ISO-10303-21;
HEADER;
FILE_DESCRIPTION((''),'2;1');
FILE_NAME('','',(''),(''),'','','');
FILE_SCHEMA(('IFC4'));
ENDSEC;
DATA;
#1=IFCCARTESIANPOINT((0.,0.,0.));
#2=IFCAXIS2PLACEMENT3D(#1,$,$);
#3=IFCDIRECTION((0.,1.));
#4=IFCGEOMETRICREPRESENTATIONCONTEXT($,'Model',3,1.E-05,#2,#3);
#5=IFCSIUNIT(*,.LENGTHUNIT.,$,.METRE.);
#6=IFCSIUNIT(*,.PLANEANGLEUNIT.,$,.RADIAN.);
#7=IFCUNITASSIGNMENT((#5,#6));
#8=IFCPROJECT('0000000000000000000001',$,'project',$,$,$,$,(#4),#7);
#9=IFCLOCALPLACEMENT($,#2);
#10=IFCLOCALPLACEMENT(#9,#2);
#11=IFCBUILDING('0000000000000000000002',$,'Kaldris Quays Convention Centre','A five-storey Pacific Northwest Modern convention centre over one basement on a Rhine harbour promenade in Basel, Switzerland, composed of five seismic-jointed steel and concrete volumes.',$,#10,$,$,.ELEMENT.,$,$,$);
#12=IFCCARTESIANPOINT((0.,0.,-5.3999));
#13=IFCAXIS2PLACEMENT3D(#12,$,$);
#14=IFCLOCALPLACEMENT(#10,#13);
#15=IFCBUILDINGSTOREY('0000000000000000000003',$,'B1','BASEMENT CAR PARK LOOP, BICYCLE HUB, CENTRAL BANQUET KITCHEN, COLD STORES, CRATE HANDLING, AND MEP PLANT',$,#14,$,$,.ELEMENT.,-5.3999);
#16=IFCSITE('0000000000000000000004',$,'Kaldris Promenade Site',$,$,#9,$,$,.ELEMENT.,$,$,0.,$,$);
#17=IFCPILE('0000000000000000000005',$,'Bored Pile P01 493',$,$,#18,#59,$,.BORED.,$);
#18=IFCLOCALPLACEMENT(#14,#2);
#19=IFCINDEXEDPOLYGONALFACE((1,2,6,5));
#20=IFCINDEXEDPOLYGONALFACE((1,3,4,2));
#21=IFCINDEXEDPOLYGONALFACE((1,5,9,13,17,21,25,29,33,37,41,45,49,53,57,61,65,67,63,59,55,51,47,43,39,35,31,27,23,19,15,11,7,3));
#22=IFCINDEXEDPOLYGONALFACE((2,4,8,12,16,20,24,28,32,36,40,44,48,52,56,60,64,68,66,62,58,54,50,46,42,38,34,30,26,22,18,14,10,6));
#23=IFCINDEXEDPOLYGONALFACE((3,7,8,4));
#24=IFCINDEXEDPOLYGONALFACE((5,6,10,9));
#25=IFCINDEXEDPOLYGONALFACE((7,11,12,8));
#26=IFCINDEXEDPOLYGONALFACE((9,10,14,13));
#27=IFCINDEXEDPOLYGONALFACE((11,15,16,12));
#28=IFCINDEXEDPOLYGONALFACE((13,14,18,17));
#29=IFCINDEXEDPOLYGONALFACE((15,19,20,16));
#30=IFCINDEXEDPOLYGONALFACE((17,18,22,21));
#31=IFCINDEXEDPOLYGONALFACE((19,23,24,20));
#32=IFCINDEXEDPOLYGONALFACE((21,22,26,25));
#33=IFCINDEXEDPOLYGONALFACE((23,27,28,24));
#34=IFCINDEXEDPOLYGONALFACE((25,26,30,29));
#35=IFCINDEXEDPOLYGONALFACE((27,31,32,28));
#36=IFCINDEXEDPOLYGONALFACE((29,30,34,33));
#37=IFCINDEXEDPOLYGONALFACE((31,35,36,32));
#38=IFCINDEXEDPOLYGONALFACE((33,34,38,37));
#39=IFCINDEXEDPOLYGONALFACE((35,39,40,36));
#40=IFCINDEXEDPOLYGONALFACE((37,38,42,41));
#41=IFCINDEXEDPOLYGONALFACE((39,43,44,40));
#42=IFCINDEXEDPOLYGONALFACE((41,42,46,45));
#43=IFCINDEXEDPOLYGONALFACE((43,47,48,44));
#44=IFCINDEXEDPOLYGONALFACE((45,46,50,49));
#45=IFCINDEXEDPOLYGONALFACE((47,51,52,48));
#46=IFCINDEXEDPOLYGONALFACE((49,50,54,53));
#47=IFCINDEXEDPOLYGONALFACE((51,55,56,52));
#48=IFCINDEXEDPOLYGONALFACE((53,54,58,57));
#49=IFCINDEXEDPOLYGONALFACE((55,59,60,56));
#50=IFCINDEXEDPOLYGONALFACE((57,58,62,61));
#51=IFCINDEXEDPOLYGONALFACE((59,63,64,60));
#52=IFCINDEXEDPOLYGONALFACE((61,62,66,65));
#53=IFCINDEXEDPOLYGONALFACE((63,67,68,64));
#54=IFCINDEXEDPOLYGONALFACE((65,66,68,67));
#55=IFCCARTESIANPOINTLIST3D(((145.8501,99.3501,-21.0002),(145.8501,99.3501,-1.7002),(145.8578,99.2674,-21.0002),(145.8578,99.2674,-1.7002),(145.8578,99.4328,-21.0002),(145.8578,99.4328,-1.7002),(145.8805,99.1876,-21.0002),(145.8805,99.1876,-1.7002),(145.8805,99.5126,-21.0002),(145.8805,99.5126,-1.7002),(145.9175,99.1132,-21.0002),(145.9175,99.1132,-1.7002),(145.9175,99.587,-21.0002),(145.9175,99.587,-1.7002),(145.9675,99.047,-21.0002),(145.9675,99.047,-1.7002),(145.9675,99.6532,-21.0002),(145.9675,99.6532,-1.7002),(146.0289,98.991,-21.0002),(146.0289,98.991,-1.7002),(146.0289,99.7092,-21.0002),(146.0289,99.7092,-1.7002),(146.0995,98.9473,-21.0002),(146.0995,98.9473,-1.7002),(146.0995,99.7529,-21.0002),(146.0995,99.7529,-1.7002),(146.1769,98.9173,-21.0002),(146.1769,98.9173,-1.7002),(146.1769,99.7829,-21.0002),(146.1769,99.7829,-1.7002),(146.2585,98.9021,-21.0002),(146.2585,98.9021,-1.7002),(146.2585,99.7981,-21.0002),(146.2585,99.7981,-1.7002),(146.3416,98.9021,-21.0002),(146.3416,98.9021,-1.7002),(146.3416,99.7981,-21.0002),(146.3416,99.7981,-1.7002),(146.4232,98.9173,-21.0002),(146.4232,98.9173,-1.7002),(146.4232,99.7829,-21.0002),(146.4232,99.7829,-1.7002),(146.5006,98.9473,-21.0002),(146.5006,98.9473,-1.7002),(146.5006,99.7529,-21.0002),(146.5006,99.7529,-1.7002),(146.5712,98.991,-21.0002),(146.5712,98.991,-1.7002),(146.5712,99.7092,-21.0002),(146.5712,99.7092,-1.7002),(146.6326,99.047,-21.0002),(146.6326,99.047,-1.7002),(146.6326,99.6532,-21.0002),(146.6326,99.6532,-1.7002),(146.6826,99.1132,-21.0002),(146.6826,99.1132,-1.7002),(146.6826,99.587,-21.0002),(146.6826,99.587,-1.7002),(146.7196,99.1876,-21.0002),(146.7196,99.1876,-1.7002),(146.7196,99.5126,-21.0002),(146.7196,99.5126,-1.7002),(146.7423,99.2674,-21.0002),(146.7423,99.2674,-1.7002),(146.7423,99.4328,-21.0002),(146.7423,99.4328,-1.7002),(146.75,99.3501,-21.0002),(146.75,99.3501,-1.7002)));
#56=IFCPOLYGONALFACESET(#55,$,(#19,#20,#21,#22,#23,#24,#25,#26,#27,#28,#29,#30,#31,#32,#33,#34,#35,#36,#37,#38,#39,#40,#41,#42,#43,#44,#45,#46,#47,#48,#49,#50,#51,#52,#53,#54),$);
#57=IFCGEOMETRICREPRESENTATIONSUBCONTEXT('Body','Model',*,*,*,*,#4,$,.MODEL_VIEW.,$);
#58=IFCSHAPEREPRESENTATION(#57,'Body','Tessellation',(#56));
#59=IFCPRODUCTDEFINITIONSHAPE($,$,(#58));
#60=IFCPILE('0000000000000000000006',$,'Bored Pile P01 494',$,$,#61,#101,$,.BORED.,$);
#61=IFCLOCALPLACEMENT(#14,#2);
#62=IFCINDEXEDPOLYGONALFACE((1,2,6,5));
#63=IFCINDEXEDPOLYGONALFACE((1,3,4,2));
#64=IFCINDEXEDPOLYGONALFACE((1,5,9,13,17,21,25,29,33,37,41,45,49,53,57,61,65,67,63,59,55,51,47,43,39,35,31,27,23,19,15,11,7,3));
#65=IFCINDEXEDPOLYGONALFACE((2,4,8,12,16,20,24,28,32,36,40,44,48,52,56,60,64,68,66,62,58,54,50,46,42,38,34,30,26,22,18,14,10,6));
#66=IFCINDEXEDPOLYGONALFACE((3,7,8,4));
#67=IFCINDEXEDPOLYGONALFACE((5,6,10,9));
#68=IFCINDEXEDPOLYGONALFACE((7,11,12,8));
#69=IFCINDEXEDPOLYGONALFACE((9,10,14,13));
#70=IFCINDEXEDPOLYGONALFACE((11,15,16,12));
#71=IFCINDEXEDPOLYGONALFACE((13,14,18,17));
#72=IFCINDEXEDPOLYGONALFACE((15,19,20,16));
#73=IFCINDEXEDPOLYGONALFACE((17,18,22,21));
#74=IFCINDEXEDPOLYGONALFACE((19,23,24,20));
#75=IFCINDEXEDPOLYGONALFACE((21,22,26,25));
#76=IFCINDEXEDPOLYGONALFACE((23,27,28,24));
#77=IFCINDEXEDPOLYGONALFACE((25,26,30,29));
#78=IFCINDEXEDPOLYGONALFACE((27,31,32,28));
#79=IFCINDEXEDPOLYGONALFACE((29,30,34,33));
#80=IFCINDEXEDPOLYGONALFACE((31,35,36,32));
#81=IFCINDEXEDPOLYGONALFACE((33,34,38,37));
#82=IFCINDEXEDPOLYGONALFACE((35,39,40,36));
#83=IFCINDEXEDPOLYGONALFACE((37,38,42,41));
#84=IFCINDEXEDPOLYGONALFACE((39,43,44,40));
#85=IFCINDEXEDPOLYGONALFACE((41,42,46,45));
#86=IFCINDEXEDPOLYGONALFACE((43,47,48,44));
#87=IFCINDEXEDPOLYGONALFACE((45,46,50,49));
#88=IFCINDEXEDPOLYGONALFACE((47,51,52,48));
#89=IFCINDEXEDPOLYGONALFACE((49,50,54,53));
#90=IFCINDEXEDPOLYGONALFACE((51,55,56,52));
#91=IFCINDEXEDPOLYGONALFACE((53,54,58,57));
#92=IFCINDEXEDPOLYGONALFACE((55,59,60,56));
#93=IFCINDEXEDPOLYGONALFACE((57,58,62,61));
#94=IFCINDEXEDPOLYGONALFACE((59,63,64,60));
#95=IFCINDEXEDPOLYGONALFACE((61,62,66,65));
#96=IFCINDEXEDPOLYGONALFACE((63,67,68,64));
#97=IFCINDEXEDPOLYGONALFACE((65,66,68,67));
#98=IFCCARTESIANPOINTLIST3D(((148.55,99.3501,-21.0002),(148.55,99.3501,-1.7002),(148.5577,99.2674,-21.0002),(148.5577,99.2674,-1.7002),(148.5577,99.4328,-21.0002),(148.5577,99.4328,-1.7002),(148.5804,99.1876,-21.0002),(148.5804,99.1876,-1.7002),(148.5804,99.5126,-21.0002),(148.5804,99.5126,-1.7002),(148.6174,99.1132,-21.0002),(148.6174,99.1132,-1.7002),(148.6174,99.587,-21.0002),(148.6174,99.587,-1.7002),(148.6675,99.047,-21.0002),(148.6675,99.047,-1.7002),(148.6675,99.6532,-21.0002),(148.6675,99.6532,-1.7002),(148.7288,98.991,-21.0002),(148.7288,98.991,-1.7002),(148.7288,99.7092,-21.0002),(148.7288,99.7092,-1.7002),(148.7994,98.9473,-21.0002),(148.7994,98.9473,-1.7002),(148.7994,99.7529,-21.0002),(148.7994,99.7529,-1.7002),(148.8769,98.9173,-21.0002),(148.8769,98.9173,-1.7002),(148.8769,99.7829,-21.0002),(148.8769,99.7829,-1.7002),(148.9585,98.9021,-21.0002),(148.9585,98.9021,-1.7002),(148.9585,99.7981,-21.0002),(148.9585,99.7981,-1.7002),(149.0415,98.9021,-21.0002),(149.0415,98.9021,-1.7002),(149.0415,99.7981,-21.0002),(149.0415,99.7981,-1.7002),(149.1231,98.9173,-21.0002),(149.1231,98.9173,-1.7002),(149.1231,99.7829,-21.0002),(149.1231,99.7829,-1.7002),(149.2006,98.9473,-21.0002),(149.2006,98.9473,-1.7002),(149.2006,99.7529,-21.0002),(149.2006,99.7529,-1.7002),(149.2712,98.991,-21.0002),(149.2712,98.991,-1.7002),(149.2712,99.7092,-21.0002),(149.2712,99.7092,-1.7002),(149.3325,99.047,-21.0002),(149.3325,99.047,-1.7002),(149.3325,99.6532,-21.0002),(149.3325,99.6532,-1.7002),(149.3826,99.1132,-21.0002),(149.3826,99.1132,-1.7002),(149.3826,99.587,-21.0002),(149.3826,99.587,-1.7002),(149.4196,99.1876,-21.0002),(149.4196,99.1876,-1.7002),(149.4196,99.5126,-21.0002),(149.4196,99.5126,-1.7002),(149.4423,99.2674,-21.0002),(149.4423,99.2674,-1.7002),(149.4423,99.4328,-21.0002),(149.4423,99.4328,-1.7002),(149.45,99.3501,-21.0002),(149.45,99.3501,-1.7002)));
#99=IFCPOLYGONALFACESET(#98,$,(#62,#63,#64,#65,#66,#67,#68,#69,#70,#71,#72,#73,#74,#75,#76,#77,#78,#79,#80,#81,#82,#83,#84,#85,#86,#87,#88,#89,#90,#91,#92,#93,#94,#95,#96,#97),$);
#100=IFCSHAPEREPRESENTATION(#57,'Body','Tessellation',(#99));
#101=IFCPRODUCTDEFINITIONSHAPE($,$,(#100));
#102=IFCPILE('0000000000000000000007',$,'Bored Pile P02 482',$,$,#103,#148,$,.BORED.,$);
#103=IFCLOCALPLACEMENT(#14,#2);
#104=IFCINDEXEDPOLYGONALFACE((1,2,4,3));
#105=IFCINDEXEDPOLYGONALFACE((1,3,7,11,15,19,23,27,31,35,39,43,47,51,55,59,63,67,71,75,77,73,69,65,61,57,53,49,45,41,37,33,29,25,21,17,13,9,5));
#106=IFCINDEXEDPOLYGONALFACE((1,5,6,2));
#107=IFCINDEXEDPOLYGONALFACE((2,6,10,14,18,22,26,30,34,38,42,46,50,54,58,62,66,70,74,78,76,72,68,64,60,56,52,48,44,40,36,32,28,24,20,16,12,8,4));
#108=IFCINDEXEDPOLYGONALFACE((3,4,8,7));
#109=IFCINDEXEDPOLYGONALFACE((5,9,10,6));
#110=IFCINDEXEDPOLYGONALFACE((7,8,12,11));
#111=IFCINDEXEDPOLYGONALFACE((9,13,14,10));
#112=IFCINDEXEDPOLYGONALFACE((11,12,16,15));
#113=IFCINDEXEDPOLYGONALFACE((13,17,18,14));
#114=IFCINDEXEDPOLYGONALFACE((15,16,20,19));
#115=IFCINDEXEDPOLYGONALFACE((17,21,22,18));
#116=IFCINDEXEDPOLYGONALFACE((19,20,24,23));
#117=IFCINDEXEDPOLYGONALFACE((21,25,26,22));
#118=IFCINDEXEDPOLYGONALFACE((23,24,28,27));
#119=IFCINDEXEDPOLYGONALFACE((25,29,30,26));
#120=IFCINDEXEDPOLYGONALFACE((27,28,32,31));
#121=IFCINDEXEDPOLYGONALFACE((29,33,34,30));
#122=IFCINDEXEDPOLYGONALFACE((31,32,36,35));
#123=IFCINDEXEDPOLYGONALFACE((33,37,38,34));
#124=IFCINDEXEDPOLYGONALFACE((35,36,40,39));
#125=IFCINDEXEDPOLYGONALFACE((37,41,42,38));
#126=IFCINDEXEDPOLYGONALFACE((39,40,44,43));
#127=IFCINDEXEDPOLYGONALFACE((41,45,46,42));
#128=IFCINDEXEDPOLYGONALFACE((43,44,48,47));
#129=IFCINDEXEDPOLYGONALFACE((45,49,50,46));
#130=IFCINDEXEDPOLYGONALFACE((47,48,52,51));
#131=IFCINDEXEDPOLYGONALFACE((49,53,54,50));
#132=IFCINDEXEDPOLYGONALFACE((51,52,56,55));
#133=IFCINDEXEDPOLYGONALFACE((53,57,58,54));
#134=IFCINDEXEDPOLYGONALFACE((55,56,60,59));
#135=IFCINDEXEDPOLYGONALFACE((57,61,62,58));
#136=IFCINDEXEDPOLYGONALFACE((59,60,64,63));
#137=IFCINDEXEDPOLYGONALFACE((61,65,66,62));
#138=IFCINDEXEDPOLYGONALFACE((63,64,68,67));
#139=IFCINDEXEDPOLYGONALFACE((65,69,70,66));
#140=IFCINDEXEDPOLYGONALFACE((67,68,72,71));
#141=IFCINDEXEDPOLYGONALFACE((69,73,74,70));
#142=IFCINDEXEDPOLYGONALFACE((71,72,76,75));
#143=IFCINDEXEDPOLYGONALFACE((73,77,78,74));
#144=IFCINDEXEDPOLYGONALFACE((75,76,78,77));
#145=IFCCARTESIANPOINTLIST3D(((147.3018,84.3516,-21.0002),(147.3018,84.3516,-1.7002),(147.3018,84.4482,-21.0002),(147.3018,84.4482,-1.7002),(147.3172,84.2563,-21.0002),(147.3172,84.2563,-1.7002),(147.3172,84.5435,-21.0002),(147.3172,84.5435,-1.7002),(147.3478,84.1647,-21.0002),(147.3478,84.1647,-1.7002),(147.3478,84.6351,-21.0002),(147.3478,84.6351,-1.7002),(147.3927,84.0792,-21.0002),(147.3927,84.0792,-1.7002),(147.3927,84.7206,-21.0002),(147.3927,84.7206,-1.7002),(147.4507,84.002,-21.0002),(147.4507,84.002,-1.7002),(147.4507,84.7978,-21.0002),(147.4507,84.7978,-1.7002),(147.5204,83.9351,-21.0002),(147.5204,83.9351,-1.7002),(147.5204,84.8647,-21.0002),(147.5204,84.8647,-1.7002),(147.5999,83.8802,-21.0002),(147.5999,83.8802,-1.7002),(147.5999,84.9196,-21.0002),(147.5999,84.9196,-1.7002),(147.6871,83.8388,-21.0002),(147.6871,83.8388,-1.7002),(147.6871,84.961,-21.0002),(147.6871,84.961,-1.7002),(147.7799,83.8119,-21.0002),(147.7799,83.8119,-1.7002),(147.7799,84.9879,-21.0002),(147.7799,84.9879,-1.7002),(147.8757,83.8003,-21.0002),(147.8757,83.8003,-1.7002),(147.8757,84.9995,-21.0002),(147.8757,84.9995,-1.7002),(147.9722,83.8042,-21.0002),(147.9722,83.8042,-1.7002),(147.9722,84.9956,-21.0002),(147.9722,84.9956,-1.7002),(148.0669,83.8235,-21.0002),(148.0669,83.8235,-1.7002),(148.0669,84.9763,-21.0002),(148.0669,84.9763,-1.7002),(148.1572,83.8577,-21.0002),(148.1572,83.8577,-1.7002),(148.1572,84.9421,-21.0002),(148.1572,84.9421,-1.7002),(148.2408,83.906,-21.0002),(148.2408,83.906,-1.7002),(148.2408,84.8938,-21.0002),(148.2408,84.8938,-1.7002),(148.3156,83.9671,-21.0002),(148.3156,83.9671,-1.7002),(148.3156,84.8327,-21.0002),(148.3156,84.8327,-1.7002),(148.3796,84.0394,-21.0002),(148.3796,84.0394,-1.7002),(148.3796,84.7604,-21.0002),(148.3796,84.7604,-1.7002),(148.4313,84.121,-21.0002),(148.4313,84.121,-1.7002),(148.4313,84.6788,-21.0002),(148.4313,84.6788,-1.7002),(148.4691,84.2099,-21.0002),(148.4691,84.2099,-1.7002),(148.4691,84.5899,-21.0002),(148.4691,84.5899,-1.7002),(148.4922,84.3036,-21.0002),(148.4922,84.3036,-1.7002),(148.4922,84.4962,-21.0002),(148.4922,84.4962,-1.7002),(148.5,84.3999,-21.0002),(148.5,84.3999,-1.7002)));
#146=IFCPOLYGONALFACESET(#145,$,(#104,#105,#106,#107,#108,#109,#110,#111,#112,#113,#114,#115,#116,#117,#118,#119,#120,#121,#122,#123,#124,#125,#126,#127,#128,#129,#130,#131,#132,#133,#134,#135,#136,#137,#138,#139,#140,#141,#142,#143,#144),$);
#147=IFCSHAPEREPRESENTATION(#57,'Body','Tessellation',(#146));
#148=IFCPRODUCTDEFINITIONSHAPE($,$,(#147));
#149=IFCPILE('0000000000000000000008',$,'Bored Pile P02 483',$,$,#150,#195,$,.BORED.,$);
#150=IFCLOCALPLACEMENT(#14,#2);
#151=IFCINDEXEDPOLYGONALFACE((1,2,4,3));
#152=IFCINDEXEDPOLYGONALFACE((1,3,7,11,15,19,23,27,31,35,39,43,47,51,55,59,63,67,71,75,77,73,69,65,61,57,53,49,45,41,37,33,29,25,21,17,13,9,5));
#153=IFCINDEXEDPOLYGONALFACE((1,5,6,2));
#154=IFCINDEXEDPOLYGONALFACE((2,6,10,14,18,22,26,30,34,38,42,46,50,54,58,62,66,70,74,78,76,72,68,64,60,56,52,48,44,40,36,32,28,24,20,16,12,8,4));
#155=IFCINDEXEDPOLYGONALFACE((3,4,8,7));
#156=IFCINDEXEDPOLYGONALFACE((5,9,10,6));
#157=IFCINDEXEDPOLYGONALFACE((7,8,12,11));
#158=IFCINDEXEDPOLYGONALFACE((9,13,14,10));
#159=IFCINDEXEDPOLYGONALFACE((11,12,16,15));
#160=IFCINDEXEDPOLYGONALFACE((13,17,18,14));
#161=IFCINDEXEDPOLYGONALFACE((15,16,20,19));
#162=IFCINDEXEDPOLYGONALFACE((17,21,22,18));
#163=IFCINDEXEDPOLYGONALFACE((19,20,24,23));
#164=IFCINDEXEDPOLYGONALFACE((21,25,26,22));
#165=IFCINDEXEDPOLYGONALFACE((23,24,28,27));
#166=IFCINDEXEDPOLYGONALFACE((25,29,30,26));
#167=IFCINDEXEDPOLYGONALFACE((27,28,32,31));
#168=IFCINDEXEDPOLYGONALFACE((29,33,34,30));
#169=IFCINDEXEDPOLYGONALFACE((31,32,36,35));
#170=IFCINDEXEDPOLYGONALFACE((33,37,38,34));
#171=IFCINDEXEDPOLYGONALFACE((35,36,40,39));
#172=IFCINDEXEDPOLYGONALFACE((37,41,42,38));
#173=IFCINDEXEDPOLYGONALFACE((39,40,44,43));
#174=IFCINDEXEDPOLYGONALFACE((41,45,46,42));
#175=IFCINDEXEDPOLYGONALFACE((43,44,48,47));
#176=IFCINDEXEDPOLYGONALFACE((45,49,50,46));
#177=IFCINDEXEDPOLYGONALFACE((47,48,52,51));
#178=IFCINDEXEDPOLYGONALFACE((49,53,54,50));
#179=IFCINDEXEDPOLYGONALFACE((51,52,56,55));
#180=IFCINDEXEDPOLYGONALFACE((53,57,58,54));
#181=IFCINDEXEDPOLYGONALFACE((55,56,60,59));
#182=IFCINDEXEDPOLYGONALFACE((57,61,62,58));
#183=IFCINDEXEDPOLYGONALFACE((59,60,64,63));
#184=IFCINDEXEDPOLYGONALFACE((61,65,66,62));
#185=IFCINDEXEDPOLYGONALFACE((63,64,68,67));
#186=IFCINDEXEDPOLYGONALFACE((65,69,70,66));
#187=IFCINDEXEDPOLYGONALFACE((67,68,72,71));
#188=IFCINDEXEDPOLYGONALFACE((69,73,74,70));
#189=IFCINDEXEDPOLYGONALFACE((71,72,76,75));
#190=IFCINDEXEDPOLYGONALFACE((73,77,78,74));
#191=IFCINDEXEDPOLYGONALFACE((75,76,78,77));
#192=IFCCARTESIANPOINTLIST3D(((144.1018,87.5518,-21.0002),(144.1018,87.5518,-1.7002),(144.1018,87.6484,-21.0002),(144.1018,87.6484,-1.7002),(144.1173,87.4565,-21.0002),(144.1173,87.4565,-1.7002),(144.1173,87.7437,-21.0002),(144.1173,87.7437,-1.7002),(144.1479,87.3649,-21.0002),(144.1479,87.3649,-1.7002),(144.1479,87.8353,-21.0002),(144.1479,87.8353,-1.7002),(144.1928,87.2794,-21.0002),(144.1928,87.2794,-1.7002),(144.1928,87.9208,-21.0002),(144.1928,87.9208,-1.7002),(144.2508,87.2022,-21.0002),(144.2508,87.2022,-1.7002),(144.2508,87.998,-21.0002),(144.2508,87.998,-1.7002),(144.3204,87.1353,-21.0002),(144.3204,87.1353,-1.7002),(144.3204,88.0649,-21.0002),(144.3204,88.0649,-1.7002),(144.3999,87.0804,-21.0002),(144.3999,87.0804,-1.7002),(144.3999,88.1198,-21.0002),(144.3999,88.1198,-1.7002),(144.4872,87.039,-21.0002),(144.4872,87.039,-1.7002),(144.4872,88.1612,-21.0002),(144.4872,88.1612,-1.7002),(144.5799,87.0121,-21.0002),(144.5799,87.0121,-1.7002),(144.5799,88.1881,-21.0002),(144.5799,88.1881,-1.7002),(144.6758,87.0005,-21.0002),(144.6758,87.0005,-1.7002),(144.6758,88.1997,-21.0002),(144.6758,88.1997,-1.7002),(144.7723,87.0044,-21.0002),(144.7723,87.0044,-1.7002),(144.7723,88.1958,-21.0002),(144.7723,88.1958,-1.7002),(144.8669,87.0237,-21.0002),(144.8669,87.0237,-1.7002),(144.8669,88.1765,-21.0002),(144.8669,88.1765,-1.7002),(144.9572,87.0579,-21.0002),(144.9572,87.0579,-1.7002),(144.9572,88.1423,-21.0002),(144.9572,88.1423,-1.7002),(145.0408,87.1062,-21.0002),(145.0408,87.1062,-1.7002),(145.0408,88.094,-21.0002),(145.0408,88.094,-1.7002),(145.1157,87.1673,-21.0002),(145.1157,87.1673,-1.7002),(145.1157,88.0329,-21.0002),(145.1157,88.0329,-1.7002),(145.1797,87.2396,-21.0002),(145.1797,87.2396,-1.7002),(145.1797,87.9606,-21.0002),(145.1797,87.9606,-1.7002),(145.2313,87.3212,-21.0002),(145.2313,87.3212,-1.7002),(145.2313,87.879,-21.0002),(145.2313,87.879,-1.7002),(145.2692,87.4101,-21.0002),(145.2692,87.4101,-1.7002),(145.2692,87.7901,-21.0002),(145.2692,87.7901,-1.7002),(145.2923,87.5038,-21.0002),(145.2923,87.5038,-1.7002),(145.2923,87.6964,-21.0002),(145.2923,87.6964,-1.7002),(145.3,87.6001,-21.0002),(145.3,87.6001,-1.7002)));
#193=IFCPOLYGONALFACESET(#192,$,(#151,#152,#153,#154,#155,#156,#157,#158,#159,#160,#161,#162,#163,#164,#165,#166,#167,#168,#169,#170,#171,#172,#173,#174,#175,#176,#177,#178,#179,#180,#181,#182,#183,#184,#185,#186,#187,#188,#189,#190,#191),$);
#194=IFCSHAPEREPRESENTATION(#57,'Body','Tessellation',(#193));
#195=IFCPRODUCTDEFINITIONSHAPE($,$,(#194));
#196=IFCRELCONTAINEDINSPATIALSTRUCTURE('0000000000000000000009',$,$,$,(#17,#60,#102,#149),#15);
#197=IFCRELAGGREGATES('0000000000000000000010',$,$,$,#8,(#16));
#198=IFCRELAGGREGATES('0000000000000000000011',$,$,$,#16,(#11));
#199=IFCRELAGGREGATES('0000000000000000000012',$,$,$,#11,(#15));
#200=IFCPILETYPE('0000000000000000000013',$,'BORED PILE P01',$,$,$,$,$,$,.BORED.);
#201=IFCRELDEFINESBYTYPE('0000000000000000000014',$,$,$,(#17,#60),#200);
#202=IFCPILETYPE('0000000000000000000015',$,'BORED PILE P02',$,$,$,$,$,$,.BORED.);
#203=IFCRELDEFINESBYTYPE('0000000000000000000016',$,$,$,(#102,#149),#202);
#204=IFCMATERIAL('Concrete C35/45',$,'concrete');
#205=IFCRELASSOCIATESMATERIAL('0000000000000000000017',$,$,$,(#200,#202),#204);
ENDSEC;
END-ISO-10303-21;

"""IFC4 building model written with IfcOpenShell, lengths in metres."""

from ifc_helpers import new_model, si_unit, direction, frame, origin, origin_2d, place, context, subcontext, project, spatial, circle, extrude, material, material_profile, profile_set, type_object, element, save


model = new_model("IFC4")

# Units and contexts
model_context = context("Model", 3, precision=1e-05, world=origin(), true_north=direction((0.0, 1.0)))
body_context = subcontext(model_context, "Body", "Model", "MODEL_VIEW")
ifc_project = project(units=[si_unit("LENGTHUNIT", "METRE"), si_unit("PLANEANGLEUNIT", "RADIAN")], contexts=[model_context])

# Site, building, storey
site_placement = place(None, origin())
site = spatial("IfcSite", under=ifc_project, at=site_placement, Name="Kaldris Promenade Site", CompositionType="ELEMENT", RefElevation=0.0)
building_placement = place(site_placement, origin())
building = spatial("IfcBuilding", under=site, at=building_placement, Name="Kaldris Quays Convention Centre", Description="A five-storey Pacific Northwest Modern convention centre over one basement on a Rhine harbour promenade in Basel, Switzerland, composed of five seismic-jointed steel and concrete volumes.", CompositionType="ELEMENT")
storey_placement = place(building_placement, frame((0.0, 0.0, -5.3999)))
storey = spatial("IfcBuildingStorey", under=building, at=storey_placement, Name="B1", Description="BASEMENT CAR PARK LOOP, BICYCLE HUB, CENTRAL BANQUET KITCHEN, COLD STORES, CRATE HANDLING, AND MEP PLANT", CompositionType="ELEMENT", Elevation=-5.3999)

# Piles
ifc_material_1 = material(Name="Concrete C35/45", Category="concrete")
ifc_material_profile_1 = material_profile(ifc_material_1, circle(Radius=0.45, at=origin_2d()), Name="BORED PILE D900")
ifc_profile_set_1 = profile_set([ifc_material_profile_1], Name="Concrete C35/45")
pile_type_1 = type_object("IfcPileType", Name="BORED PILE P01", PredefinedType="BORED", material=ifc_profile_set_1)
for number, where, z_axis, x_axis, name in (
    (1, (146.3, 99.3501, -1.7002), (0.0, 0.0, -1.0), (1.0, 0.0, 0.0), "Bored Pile P01 493"),
    (2, (149.0, 99.3501, -1.7002), (0.0, 0.0, -1.0), (1.0, 0.0, 0.0), "Bored Pile P01 494"),
):
    element("IfcPile", number, at=place(storey_placement, frame(where, z_axis=z_axis, x_axis=x_axis)), inside=storey, type_object=pile_type_1, Name=name, PredefinedType="BORED", context=body_context, shape_type="SweptSolid", body=[
        extrude(circle(Radius=0.45, at=origin_2d()), origin(), (0.0, 0.0, 1.0), 19.3),
    ])
ifc_material_profile_2 = material_profile(ifc_material_1, circle(Radius=0.6001, at=origin_2d()), Name="BORED PILE D1200")
ifc_profile_set_2 = profile_set([ifc_material_profile_2], Name="Concrete C35/45")
pile_type_2 = type_object("IfcPileType", Name="BORED PILE P02", PredefinedType="BORED", material=ifc_profile_set_2)
for number, where, z_axis, x_axis, name in (
    (3, (147.8999, 84.3999, -1.7002), (0.0, 0.0, -1.0), (1.0, 0.0, 0.0), "Bored Pile P02 482"),
    (4, (144.7, 87.6001, -1.7002), (0.0, 0.0, -1.0), (1.0, 0.0, 0.0), "Bored Pile P02 483"),
):
    element("IfcPile", number, at=place(storey_placement, frame(where, z_axis=z_axis, x_axis=x_axis)), inside=storey, type_object=pile_type_2, Name=name, PredefinedType="BORED", context=body_context, shape_type="SweptSolid", body=[
        extrude(circle(Radius=0.6001, at=origin_2d()), origin(), (0.0, 0.0, 1.0), 19.3),
    ])

save(model, "model.ifc")
